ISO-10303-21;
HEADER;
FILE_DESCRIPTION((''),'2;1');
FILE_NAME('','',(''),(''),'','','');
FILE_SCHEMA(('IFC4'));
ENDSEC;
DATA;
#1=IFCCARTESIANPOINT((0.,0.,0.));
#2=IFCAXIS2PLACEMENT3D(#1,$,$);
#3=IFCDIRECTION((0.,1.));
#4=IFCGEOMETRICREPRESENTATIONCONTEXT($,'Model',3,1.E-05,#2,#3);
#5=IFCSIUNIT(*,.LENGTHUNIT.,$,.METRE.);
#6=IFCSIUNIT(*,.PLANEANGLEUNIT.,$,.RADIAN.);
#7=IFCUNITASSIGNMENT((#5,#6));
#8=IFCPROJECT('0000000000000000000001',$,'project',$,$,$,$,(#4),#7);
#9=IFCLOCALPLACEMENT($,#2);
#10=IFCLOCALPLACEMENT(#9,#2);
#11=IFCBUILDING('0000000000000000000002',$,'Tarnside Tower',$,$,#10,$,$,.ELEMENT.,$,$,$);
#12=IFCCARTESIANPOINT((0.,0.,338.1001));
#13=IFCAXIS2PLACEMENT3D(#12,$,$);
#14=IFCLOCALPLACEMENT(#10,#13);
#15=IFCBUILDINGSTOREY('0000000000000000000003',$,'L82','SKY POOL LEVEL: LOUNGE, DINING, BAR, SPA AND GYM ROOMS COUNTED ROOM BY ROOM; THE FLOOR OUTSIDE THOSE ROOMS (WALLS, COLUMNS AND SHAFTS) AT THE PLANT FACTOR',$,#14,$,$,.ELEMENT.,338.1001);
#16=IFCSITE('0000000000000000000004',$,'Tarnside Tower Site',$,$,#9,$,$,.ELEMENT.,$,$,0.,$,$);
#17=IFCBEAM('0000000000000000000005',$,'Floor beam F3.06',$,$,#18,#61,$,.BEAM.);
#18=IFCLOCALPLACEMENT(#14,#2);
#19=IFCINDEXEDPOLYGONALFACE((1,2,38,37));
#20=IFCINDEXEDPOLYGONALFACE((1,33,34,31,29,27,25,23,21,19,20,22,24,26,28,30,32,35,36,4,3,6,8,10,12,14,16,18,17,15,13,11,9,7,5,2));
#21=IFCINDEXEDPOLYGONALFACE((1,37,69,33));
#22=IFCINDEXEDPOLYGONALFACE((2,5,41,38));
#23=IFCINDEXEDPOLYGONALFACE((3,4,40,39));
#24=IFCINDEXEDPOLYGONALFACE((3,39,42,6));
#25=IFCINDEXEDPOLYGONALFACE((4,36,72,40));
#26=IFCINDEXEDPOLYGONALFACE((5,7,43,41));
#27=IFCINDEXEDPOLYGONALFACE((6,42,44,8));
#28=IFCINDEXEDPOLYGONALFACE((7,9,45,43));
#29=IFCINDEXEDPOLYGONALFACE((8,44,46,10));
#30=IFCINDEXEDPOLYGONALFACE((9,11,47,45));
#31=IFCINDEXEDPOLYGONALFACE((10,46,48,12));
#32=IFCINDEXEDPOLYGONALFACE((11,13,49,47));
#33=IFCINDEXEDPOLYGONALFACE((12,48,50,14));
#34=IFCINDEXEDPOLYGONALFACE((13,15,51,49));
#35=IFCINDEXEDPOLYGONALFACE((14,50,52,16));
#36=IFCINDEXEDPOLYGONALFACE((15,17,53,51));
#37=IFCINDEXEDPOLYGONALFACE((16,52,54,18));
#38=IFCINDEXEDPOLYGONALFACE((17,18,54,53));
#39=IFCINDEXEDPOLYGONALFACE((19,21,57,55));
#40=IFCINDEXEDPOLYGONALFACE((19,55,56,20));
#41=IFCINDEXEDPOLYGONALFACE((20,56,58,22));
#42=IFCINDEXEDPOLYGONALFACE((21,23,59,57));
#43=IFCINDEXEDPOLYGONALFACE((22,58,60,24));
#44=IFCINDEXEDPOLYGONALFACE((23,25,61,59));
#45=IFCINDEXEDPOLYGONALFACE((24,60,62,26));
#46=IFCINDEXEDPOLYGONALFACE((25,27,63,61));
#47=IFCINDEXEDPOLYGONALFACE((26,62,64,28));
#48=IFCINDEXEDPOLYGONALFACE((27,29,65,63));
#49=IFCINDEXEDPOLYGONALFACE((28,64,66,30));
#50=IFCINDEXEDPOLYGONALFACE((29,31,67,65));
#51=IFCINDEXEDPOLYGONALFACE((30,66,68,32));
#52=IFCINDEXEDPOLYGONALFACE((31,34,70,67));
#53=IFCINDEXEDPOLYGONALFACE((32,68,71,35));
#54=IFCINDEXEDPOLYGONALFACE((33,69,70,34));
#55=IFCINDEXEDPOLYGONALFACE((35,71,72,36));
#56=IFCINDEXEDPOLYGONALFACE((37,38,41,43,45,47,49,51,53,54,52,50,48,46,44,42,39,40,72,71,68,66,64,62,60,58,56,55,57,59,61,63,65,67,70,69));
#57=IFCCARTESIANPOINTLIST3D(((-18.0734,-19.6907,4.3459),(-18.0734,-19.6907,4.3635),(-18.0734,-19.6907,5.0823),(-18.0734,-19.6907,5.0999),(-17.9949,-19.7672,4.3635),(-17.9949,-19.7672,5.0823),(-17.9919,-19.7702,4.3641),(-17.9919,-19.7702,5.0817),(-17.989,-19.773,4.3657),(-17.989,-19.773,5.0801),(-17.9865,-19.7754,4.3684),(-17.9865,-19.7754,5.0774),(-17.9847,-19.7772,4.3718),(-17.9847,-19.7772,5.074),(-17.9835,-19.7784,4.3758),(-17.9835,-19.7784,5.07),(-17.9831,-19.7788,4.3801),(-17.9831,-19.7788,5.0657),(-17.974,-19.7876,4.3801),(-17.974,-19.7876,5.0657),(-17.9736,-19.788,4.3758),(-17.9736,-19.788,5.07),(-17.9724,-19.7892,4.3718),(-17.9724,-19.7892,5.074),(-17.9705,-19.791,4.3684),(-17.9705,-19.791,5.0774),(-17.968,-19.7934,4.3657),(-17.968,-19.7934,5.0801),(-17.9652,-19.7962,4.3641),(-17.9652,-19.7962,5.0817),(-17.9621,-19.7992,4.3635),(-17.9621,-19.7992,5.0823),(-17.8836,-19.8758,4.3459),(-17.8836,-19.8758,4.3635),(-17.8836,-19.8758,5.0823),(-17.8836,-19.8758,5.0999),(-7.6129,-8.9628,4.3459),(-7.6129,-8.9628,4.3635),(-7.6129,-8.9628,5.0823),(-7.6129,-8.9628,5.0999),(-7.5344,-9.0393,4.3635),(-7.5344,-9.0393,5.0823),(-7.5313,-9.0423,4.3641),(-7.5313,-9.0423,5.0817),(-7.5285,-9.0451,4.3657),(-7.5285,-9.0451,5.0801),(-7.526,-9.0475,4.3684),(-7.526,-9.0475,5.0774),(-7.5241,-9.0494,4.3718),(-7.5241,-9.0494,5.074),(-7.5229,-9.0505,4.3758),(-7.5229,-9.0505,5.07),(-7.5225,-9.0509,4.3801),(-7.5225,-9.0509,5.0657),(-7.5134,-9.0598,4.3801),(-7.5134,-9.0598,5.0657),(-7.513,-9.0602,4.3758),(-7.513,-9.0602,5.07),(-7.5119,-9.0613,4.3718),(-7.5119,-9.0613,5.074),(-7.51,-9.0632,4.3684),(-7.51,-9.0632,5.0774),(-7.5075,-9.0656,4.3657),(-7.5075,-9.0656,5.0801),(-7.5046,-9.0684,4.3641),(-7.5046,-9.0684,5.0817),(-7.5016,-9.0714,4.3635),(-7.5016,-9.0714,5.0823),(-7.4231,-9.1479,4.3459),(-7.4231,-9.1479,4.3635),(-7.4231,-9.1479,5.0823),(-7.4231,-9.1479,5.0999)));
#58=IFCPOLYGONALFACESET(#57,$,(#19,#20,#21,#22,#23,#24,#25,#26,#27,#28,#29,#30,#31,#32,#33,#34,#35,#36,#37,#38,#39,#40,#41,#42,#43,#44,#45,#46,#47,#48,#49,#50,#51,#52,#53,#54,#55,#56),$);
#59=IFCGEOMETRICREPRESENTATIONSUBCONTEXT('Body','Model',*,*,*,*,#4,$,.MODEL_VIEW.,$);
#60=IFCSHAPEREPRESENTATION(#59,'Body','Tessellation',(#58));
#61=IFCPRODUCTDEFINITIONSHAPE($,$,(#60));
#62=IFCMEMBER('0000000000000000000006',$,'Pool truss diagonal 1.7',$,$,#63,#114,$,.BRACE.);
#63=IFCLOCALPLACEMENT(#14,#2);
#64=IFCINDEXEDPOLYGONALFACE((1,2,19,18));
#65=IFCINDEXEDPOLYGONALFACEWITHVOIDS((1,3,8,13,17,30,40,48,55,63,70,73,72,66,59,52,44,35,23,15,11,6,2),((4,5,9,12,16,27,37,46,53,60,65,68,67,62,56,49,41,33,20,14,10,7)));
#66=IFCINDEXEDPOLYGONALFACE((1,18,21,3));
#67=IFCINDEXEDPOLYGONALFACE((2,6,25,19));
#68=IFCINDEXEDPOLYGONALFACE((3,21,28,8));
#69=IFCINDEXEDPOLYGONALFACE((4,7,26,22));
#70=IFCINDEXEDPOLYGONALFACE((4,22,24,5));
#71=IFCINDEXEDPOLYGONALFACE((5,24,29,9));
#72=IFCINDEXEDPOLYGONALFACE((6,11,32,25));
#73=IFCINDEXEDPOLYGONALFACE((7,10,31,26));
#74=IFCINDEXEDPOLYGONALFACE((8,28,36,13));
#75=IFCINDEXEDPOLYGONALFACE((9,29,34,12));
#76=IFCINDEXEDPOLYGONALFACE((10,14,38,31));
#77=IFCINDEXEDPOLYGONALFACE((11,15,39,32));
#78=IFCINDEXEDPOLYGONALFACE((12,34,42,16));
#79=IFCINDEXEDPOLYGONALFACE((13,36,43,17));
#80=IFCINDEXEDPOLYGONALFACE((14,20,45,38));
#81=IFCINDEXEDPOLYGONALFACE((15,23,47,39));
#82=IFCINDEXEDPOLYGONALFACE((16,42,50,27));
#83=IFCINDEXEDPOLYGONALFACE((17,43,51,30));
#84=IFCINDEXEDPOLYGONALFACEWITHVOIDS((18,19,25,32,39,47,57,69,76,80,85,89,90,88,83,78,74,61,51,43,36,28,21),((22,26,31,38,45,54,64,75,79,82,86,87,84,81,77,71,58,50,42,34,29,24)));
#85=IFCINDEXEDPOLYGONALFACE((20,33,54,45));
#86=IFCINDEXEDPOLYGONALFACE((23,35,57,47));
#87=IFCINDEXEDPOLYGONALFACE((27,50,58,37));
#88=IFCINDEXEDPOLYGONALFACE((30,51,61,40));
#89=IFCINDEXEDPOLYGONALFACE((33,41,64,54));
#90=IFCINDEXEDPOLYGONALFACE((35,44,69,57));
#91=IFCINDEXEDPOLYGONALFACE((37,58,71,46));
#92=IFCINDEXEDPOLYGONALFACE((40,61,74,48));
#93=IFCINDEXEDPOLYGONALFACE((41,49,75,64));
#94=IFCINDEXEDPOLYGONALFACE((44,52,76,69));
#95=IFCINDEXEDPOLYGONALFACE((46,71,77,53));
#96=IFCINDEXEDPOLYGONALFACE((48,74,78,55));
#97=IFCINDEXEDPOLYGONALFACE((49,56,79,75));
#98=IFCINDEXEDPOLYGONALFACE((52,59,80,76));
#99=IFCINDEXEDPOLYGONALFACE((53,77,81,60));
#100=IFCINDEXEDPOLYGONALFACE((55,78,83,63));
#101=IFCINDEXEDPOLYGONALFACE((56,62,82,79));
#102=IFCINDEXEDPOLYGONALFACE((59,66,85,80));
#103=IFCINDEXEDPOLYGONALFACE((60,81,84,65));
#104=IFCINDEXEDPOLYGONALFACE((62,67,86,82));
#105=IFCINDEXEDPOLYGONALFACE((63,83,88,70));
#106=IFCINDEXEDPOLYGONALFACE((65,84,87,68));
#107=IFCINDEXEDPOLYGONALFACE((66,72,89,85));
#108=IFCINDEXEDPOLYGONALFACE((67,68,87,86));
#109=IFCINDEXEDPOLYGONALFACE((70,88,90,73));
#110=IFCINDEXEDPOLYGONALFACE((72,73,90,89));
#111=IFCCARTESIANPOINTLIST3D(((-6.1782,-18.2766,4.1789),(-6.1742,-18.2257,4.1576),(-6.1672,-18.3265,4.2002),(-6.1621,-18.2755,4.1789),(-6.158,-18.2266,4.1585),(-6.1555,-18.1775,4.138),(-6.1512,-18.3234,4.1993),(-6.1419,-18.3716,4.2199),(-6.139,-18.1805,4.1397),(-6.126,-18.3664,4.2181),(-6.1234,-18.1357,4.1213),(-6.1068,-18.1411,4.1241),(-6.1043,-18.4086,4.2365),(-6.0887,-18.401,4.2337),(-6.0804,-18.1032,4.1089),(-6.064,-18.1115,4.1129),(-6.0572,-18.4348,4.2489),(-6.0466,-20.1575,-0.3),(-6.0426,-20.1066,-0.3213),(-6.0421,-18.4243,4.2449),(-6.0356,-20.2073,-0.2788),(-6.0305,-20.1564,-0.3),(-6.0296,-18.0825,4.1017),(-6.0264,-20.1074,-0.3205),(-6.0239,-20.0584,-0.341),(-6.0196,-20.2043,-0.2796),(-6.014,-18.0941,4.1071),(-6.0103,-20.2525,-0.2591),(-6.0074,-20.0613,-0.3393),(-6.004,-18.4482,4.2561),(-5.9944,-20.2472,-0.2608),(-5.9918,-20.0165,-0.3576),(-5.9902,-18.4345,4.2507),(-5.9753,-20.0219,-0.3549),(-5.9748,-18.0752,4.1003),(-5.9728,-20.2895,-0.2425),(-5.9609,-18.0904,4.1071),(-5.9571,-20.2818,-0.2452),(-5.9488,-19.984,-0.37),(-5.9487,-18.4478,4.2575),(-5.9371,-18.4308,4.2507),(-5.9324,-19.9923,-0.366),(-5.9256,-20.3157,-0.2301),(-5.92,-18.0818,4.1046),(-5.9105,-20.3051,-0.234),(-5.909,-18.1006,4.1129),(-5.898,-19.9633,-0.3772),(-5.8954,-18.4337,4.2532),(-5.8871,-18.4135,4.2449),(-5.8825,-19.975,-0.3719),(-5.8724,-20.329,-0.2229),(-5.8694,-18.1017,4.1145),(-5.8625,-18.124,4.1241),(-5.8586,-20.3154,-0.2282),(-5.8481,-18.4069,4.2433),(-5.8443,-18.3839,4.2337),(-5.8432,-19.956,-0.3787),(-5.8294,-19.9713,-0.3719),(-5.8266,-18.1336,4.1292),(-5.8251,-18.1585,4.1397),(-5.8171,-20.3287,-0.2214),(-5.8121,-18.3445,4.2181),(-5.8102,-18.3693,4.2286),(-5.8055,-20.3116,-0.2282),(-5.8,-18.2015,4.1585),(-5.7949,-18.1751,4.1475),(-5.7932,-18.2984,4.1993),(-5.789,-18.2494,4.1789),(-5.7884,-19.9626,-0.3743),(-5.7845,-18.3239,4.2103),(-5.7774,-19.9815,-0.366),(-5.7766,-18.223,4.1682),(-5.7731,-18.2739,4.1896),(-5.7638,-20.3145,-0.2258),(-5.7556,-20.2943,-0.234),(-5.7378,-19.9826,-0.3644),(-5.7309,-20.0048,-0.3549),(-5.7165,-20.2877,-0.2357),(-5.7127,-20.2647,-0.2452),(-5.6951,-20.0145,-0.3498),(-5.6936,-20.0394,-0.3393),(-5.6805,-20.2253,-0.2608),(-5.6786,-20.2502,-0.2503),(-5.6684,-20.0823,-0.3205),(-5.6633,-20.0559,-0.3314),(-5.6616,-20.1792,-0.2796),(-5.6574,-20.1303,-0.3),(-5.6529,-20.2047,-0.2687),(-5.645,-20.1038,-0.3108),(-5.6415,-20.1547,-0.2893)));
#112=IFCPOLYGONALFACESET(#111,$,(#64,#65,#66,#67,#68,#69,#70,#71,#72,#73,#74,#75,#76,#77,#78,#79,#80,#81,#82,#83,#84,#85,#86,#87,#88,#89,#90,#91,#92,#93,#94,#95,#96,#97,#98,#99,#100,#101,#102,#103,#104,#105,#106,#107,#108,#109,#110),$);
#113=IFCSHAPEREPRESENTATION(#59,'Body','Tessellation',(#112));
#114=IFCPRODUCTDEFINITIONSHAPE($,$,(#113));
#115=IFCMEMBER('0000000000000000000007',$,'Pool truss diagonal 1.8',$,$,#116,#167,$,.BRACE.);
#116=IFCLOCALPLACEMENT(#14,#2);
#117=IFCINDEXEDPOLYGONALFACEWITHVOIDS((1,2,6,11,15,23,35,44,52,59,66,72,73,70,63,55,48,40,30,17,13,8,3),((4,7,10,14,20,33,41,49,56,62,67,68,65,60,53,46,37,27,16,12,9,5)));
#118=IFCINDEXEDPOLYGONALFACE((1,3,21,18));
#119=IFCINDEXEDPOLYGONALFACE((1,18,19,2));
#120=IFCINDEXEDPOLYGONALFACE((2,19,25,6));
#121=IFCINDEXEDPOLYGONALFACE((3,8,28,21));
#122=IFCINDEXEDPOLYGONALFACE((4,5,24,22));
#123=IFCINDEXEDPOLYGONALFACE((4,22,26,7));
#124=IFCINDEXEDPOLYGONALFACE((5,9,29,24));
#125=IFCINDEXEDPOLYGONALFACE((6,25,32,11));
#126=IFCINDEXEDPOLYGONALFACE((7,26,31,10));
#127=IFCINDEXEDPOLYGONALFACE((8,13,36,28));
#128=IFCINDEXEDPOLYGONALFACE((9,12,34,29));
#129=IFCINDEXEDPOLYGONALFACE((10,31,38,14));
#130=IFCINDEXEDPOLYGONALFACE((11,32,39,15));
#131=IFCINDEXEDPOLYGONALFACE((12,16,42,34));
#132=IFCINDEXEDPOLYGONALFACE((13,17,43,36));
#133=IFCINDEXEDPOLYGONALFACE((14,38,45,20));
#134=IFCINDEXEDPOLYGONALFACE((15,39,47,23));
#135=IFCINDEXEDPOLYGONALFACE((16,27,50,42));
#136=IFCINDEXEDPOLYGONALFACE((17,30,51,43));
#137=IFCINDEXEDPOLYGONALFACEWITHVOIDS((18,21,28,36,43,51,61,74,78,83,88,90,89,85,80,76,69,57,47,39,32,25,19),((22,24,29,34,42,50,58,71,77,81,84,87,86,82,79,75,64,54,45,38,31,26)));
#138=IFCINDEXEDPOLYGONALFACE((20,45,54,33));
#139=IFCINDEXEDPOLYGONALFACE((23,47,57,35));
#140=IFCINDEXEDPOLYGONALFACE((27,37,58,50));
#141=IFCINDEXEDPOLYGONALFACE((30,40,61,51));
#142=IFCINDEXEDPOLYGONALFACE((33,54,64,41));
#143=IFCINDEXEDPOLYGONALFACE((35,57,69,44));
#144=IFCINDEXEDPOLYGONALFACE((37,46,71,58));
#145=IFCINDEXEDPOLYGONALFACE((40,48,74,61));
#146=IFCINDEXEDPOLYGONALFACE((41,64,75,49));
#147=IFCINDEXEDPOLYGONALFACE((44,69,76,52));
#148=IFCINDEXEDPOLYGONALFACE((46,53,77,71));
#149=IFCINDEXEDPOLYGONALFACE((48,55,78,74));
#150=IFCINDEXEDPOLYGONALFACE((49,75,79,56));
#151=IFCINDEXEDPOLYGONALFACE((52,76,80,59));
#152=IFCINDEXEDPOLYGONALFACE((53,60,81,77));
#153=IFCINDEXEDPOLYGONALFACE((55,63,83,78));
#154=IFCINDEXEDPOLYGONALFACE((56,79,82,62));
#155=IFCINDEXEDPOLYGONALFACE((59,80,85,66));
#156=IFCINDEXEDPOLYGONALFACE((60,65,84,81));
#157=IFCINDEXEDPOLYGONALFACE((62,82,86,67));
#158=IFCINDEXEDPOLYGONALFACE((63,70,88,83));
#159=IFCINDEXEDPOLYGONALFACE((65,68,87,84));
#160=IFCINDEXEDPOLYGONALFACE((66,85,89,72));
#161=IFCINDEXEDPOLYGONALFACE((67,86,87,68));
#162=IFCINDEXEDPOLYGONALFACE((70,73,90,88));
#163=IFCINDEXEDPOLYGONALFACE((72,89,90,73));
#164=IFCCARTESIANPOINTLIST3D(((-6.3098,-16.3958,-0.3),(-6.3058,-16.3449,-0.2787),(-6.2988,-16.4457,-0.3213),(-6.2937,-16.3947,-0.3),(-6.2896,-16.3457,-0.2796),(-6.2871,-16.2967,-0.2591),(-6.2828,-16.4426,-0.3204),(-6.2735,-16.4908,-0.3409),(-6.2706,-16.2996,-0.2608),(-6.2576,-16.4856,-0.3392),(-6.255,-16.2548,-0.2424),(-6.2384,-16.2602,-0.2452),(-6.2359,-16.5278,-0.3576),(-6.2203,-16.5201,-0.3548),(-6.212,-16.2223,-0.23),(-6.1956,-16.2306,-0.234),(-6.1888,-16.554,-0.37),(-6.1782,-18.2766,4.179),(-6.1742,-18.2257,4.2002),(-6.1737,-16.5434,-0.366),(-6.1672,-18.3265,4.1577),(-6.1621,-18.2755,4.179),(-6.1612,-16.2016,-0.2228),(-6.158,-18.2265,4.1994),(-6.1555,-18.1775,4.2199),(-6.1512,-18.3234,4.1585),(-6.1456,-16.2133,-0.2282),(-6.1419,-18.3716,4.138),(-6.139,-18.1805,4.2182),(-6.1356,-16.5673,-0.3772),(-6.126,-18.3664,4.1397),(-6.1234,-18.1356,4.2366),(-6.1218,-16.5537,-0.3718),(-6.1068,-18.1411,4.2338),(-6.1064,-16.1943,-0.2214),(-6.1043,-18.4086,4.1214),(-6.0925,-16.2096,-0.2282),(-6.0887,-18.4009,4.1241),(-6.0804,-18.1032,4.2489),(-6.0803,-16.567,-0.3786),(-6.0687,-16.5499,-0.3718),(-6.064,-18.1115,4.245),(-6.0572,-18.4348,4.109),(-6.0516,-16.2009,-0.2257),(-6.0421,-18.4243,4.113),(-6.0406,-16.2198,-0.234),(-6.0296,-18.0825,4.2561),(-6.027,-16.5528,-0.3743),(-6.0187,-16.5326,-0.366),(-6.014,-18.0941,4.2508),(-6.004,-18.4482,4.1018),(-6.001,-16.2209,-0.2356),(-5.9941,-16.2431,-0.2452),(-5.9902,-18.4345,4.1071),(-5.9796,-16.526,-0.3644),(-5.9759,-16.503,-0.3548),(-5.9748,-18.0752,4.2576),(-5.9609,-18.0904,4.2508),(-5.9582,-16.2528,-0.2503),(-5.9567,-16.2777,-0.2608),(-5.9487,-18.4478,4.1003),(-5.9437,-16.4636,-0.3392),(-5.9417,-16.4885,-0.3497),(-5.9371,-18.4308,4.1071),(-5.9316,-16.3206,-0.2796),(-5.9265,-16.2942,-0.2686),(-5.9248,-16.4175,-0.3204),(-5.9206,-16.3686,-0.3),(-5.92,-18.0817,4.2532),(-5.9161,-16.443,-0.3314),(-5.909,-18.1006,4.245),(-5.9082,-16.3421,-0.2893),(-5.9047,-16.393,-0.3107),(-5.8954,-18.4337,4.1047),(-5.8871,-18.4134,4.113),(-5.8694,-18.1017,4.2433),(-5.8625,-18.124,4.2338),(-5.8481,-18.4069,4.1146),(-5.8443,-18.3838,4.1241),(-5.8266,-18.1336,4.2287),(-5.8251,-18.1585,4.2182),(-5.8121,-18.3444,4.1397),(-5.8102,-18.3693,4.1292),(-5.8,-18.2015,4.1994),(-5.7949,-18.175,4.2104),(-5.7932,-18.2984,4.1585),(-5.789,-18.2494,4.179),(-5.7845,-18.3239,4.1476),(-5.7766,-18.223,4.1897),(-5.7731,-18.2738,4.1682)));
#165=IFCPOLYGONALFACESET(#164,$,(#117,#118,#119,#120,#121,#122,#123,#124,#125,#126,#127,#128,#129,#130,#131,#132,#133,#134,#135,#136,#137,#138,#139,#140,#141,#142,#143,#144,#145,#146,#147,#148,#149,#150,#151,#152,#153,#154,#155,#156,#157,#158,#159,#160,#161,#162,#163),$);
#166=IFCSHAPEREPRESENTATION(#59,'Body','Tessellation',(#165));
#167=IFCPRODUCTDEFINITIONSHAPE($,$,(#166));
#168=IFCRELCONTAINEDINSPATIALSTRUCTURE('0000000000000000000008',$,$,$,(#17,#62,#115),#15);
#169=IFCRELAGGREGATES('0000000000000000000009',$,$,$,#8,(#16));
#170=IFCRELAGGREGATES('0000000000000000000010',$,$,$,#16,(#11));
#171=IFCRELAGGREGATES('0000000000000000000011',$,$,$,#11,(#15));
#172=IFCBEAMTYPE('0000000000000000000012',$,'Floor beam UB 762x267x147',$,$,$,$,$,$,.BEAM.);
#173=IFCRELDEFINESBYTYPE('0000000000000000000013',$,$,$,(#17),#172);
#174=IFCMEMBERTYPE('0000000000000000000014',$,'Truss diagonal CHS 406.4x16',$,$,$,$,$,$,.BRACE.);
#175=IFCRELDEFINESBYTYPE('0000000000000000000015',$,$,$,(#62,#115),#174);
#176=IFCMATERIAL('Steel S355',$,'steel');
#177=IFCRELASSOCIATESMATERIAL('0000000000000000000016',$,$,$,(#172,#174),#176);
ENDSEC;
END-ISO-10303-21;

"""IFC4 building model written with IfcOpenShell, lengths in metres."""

from ifc_helpers import new_model, si_unit, direction, frame, origin, origin_2d, place, context, subcontext, project, spatial, hollow_circle, i_section, extrude, material, material_profile, profile_set, type_object, element, save


model = new_model("IFC4")

# Units and contexts
model_context = context("Model", 3, precision=1e-05, world=origin(), true_north=direction((0.0, 1.0)))
body_context = subcontext(model_context, "Body", "Model", "MODEL_VIEW")
ifc_project = project(units=[si_unit("LENGTHUNIT", "METRE"), si_unit("PLANEANGLEUNIT", "RADIAN")], contexts=[model_context])

# Site, building, storey
site_placement = place(None, origin())
site = spatial("IfcSite", under=ifc_project, at=site_placement, Name="Tarnside Tower Site", CompositionType="ELEMENT", RefElevation=0.0)
building_placement = place(site_placement, origin())
building = spatial("IfcBuilding", under=site, at=building_placement, Name="Tarnside Tower", CompositionType="ELEMENT")
storey_placement = place(building_placement, frame((0.0, 0.0, 338.1001)))
storey = spatial("IfcBuildingStorey", under=building, at=storey_placement, Name="L82", Description="SKY POOL LEVEL: LOUNGE, DINING, BAR, SPA AND GYM ROOMS COUNTED ROOM BY ROOM; THE FLOOR OUTSIDE THOSE ROOMS (WALLS, COLUMNS AND SHAFTS) AT THE PLANT FACTOR", CompositionType="ELEMENT", Elevation=338.1001)

# Beam
ifc_material_1 = material(Name="Steel S355", Category="steel")
ifc_material_profile_1 = material_profile(ifc_material_1, i_section(OverallWidth=0.2651, OverallDepth=0.7539, WebThickness=0.0127, FlangeThickness=0.0176, FilletRadius=0.0166, at=origin_2d()), Name="UB 762x267x147")
ifc_profile_set_1 = profile_set([ifc_material_profile_1], Name="Steel S355")
beam_type = type_object("IfcBeamType", Name="Floor beam UB 762x267x147", PredefinedType="BEAM", material=ifc_profile_set_1)
beam_placement = place(storey_placement, frame((-17.9785, -19.7832, 4.7229), z_axis=(0.69813, 0.715971, 0.0), x_axis=(-0.715971, 0.69813, 0.0)))
element("IfcBeam", 1, at=beam_placement, inside=storey, type_object=beam_type, Name="Floor beam F3.06", PredefinedType="BEAM", context=body_context, shape_type="SweptSolid", body=[
    extrude(i_section(OverallWidth=0.2651, OverallDepth=0.7539, WebThickness=0.0127, FlangeThickness=0.0176, FilletRadius=0.0166, at=origin_2d()), origin(), (0.0, 0.0, 1.0), 14.9836),
])

# Members
ifc_material_profile_2 = material_profile(ifc_material_1, hollow_circle(Radius=0.2031, WallThickness=0.0161, at=origin_2d()), Name="CHS 406.4x16")
ifc_profile_set_2 = profile_set([ifc_material_profile_2], Name="Steel S355")
member_type_1 = type_object("IfcMemberType", Name="Truss diagonal CHS 406.4x16", PredefinedType="BRACE", material=ifc_profile_set_2)
for number, where, z_axis, x_axis, name in (
    (2, (-5.844, -20.1433, -0.3), (-0.027078, 0.387034, 0.921668), (-0.997561, -0.069793, 0.0), "Pool truss diagonal 1.7"),
    (3, (-5.9756, -18.2625, 4.179), (-0.027078, 0.387034, -0.921668), (-0.997561, -0.069793, 0.0), "Pool truss diagonal 1.8"),
):
    element("IfcMember", number, at=place(storey_placement, frame(where, z_axis=z_axis, x_axis=x_axis)), inside=storey, type_object=member_type_1, Name=name, PredefinedType="BRACE", context=body_context, shape_type="SweptSolid", body=[
        extrude(hollow_circle(Radius=0.2031, WallThickness=0.0161, at=origin_2d()), origin(), (0.0, 0.0, 1.0), 4.8596),
    ])

save(model, "model.ifc")
